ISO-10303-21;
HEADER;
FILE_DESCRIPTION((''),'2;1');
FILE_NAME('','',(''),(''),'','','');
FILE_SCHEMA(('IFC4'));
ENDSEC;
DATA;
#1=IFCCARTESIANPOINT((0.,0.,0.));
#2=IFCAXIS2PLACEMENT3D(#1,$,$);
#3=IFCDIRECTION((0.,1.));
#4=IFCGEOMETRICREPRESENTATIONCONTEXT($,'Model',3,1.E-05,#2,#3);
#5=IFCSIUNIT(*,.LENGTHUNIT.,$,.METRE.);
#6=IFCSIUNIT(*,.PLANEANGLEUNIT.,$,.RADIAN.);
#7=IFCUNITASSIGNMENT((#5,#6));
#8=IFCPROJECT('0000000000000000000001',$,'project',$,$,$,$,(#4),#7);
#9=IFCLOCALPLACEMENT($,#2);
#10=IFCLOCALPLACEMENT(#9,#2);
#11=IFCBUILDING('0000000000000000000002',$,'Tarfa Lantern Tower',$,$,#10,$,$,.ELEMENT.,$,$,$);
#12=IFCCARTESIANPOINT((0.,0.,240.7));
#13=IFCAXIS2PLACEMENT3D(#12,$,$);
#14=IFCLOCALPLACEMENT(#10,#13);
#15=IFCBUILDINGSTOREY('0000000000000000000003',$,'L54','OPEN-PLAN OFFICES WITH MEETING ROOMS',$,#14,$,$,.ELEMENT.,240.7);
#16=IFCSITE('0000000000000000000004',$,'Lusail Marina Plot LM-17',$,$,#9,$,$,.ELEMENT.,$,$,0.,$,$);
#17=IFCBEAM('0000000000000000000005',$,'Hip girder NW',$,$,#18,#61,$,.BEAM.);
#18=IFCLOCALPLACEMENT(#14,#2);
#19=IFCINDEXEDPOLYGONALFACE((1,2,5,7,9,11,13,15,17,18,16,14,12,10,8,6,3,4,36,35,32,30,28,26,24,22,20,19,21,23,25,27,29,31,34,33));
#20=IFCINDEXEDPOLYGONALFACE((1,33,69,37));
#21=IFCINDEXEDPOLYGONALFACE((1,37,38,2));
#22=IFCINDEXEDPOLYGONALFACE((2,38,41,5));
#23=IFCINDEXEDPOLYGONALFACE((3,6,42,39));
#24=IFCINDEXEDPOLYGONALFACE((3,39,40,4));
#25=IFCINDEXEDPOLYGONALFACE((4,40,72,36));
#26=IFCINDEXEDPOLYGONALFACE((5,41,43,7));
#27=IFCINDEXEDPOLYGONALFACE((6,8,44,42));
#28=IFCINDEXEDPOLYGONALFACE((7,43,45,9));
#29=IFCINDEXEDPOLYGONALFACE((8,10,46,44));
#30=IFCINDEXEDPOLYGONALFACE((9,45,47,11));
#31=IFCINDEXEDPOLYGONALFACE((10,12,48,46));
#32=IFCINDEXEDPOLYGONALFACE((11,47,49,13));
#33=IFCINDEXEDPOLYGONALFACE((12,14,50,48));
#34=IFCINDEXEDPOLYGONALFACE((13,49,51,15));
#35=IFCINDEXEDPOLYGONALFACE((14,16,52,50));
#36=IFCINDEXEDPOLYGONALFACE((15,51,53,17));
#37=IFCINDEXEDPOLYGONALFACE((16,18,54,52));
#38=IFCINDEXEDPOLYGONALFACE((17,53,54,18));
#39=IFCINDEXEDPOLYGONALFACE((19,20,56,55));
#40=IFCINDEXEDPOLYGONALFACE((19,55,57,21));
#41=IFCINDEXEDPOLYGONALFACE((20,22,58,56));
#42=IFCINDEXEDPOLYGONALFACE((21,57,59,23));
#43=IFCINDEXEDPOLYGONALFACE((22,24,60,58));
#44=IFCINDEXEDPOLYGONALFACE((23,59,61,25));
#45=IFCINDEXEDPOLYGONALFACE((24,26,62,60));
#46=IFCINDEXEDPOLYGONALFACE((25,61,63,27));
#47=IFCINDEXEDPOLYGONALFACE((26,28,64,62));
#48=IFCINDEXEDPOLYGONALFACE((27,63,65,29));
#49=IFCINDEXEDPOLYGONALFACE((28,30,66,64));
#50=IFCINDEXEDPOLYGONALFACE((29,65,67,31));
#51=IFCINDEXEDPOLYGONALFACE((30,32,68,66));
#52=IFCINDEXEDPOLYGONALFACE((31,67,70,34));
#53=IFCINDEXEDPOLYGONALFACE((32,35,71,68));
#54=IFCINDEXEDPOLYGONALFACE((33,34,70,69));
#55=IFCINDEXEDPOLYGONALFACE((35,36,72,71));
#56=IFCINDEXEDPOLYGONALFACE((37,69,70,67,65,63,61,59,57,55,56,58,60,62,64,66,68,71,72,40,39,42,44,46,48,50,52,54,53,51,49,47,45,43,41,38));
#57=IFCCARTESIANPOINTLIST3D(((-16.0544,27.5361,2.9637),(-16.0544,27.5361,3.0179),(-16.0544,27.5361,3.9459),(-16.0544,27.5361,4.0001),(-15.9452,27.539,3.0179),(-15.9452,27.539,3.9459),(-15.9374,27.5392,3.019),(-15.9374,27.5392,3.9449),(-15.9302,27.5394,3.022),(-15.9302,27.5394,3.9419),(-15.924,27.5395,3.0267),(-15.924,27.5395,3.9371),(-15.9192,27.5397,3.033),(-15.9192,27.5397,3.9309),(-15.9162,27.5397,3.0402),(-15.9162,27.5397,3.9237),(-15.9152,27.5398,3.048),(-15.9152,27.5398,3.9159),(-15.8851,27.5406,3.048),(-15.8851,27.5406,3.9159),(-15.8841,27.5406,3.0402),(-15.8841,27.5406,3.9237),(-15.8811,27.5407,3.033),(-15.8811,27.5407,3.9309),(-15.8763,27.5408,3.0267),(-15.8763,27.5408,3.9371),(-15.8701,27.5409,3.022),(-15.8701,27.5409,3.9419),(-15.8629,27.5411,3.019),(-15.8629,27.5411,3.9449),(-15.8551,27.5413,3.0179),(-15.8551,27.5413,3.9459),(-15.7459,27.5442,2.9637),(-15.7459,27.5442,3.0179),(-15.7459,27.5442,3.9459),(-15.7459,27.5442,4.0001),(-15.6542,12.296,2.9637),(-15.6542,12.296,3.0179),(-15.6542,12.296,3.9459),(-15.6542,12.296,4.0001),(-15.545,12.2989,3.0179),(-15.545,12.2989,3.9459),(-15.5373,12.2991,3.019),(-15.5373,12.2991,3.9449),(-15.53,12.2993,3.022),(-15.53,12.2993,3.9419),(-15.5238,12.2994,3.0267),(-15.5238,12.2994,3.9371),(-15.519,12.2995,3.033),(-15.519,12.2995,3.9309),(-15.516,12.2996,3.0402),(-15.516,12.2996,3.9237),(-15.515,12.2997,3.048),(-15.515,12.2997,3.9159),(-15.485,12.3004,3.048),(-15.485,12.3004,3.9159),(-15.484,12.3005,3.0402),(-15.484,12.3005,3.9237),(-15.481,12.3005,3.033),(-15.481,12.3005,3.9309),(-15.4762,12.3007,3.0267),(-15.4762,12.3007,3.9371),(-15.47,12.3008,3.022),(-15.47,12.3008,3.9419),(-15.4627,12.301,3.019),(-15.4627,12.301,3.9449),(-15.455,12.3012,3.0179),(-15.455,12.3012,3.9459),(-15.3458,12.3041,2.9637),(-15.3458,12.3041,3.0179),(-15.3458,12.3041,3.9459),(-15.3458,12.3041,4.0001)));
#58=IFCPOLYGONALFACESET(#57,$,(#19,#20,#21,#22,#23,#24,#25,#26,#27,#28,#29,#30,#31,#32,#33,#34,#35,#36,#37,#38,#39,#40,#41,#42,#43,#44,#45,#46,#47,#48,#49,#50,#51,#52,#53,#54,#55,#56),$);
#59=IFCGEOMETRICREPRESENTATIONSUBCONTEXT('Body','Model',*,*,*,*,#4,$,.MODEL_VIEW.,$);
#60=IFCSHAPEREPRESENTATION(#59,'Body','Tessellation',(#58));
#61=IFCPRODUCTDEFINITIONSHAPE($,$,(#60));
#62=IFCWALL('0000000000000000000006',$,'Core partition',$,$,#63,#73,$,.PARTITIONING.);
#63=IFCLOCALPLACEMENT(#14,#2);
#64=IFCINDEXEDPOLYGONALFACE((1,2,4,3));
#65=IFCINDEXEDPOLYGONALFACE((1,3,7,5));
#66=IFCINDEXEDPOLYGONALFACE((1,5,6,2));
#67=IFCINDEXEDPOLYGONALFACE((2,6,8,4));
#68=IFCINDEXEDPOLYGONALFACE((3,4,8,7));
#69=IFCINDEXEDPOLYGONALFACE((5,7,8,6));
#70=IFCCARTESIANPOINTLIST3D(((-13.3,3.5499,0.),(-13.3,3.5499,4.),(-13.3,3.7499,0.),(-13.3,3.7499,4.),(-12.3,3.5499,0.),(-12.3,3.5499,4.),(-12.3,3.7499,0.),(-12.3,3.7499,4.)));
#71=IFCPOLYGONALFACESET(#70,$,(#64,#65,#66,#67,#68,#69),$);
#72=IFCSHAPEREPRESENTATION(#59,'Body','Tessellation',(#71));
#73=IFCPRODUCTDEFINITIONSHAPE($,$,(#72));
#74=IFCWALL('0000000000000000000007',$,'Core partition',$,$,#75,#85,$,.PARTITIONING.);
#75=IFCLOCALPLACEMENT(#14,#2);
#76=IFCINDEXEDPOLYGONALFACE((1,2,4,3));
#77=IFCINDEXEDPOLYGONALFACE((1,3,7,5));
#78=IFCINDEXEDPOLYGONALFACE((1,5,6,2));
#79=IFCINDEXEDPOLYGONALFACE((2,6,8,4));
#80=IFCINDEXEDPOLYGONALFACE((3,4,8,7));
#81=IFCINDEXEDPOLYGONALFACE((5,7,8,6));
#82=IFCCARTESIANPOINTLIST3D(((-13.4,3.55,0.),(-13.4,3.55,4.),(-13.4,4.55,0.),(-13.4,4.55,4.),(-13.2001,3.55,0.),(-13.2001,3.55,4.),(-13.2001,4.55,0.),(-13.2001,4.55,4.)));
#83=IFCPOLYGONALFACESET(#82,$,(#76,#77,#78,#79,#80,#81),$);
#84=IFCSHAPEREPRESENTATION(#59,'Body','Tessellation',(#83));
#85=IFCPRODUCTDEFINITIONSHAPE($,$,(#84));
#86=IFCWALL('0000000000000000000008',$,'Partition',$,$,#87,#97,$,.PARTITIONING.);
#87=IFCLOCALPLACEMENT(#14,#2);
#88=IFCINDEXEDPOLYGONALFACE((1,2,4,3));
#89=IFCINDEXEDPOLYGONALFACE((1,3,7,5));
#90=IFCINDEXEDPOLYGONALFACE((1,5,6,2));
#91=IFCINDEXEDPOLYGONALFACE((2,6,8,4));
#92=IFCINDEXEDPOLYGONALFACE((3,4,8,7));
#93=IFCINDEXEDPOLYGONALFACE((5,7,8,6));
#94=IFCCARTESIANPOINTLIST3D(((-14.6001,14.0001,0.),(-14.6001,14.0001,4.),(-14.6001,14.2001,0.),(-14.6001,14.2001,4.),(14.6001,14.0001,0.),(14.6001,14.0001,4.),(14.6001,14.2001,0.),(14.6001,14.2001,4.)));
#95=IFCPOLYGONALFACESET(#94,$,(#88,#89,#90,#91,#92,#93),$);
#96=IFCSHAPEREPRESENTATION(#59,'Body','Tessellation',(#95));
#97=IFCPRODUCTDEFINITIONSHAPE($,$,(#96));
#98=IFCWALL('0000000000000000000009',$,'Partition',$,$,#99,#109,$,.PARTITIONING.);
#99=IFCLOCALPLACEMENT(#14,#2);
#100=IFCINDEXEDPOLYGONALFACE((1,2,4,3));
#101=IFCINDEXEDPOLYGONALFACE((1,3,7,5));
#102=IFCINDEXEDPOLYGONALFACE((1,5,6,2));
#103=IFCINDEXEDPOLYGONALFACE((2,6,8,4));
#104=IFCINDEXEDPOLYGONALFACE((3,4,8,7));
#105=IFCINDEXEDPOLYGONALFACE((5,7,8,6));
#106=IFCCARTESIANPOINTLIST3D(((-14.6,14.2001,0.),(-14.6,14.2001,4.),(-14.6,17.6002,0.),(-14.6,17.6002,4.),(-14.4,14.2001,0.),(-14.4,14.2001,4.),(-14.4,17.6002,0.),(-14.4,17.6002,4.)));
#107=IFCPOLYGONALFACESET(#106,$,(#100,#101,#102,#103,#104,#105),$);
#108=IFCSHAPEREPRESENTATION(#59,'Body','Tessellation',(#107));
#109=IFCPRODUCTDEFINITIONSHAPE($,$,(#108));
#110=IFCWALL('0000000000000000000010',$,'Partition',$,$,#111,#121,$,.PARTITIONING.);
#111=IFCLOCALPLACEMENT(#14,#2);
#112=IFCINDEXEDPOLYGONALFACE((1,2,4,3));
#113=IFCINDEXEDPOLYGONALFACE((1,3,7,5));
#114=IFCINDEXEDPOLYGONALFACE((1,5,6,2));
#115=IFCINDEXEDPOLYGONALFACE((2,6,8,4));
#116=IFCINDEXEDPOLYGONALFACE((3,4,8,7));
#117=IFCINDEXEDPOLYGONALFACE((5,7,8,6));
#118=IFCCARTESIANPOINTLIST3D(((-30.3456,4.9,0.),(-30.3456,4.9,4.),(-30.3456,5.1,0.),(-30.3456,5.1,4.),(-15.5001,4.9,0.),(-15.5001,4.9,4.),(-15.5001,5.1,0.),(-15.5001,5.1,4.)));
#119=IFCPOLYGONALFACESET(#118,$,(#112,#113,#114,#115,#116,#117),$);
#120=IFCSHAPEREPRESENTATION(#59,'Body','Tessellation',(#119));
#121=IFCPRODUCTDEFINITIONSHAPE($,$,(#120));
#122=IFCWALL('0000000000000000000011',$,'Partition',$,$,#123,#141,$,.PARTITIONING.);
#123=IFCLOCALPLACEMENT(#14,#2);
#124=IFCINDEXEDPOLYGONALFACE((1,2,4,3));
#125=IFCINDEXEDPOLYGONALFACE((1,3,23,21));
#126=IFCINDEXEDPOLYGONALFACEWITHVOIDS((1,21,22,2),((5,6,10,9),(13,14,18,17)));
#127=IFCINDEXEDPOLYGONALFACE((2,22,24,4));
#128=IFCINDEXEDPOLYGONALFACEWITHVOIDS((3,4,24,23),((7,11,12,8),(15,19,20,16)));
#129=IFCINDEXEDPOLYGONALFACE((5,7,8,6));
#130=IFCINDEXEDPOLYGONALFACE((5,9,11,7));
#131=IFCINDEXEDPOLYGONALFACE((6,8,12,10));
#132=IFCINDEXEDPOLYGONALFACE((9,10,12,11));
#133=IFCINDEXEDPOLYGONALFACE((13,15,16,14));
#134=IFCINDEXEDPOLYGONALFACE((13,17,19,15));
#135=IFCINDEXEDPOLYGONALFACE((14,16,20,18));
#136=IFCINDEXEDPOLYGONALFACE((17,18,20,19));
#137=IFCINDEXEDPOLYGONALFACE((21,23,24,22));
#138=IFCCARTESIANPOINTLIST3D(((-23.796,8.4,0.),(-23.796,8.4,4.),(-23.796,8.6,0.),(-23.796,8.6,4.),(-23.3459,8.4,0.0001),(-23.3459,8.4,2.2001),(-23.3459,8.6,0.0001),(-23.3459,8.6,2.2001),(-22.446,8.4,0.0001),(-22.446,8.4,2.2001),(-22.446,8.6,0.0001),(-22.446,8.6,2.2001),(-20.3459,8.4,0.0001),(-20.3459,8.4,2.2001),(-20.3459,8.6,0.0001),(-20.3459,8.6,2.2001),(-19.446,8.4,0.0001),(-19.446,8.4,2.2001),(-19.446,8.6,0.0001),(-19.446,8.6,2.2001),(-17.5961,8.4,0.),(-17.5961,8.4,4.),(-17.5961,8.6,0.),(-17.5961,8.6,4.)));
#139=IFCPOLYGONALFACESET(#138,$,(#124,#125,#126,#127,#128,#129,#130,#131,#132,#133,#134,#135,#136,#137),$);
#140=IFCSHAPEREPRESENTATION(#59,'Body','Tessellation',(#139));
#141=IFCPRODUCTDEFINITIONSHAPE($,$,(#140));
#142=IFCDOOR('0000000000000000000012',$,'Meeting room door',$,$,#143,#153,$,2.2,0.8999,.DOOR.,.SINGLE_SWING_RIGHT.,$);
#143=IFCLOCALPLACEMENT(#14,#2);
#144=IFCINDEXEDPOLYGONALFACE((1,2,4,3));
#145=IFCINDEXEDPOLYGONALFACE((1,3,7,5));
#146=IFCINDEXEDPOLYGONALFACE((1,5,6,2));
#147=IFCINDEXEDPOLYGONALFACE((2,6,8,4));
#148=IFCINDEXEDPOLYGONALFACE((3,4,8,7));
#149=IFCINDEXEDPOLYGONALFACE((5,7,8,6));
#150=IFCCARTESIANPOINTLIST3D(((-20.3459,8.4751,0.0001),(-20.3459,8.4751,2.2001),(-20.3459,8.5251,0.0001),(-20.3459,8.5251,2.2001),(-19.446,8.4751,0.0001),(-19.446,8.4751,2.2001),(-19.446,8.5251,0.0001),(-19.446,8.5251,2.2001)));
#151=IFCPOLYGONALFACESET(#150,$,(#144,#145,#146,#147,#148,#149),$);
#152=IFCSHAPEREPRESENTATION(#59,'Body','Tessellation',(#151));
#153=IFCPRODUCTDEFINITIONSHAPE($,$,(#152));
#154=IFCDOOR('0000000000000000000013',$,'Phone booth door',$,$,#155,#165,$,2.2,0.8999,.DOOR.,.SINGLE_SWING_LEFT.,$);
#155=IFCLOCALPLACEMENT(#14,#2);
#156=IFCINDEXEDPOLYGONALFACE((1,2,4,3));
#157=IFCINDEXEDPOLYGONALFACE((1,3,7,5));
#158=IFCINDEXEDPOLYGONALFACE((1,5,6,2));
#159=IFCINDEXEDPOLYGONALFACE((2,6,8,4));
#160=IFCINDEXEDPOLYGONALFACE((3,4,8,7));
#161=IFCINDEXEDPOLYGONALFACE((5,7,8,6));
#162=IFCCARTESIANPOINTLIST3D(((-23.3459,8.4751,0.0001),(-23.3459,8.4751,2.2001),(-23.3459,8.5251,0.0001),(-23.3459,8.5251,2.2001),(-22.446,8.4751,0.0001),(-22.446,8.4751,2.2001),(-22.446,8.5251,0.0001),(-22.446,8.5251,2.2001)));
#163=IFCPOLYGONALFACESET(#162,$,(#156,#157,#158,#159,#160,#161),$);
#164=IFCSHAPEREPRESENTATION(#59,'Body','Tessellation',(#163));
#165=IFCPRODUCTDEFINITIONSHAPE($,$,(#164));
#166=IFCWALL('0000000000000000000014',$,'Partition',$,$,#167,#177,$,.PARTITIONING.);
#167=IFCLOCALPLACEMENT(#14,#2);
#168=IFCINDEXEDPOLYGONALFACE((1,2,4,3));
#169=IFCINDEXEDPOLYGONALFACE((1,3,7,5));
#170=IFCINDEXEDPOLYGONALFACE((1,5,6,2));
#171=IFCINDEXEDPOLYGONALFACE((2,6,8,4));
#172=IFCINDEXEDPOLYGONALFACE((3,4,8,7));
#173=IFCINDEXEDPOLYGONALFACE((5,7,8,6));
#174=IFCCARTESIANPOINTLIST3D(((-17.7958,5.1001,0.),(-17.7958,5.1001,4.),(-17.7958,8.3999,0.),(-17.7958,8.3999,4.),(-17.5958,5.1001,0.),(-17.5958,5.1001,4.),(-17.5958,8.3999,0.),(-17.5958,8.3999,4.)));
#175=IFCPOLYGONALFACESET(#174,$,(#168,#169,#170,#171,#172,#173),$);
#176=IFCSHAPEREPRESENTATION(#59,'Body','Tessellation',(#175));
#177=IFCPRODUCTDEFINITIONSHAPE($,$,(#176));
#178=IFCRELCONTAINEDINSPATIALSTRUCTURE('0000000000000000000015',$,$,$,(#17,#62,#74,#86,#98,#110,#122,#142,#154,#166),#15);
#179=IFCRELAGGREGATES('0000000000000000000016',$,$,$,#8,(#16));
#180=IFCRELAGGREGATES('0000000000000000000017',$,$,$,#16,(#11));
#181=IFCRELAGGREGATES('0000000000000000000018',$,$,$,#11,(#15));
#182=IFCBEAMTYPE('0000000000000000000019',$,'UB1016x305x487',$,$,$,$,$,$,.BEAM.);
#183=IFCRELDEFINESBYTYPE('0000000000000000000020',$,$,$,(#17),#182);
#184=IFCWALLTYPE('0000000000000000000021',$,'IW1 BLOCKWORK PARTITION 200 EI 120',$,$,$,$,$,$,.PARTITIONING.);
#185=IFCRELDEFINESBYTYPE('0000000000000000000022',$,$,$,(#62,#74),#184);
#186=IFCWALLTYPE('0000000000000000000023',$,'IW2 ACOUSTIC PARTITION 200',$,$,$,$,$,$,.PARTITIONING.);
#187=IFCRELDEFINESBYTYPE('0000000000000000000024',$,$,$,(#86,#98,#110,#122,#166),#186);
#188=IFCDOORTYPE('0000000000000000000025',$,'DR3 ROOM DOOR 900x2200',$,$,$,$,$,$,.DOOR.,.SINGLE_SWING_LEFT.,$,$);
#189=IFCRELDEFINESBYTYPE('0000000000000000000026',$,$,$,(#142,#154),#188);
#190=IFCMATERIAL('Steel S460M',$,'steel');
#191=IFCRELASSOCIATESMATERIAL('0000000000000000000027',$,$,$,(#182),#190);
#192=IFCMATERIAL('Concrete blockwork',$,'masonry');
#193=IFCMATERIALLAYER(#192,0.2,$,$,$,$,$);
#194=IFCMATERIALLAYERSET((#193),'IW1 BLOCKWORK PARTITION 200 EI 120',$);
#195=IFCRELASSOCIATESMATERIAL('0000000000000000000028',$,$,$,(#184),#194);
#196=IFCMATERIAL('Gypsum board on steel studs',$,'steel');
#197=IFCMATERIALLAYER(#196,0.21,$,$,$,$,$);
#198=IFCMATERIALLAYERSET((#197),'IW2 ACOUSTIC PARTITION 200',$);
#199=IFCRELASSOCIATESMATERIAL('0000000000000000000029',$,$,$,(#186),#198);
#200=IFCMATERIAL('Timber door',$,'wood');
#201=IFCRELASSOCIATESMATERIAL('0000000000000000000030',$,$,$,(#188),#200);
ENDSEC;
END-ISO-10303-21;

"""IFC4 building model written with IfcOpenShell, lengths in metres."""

from ifc_helpers import new_model, si_unit, direction, frame, frame_2d, origin, origin_2d, place, context, subcontext, project, spatial, rectangle, i_section, extrude, material, layer, layer_set, material_profile, profile_set, type_object, element, fill, save


model = new_model("IFC4")

# Units and contexts
model_context = context("Model", 3, precision=1e-05, world=origin(), true_north=direction((0.0, 1.0)))
body_context = subcontext(model_context, "Body", "Model", "MODEL_VIEW")
ifc_project = project(units=[si_unit("LENGTHUNIT", "METRE"), si_unit("PLANEANGLEUNIT", "RADIAN")], contexts=[model_context])

# Site, building, storey
site_placement = place(None, origin())
site = spatial("IfcSite", under=ifc_project, at=site_placement, Name="Lusail Marina Plot LM-17", CompositionType="ELEMENT", RefElevation=0.0)
building_placement = place(site_placement, origin())
building = spatial("IfcBuilding", under=site, at=building_placement, Name="Tarfa Lantern Tower", CompositionType="ELEMENT")
storey_placement = place(building_placement, frame((0.0, 0.0, 240.7)))
storey = spatial("IfcBuildingStorey", under=building, at=storey_placement, Name="L54", Description="OPEN-PLAN OFFICES WITH MEETING ROOMS", CompositionType="ELEMENT", Elevation=240.7)

# Beam
ifc_material_1 = material(Name="Steel S460M", Category="steel")
ifc_material_profile = material_profile(ifc_material_1, i_section(OverallWidth=0.3086, OverallDepth=1.0364, WebThickness=0.03, FlangeThickness=0.0542, FilletRadius=0.03, at=origin_2d()), Name="UB1016x305x487")
ifc_profile_set = profile_set([ifc_material_profile], Name="Steel S460M")
beam_type = type_object("IfcBeamType", Name="UB1016x305x487", PredefinedType="BEAM", material=ifc_profile_set)
beam_placement = place(storey_placement, frame((-15.5, 12.3, 3.4819), z_axis=(-0.026247, 0.999655, 0.0), x_axis=(-0.999655, -0.026247, 0.0)))
element("IfcBeam", 1, at=beam_placement, inside=storey, type_object=beam_type, Name="Hip girder NW", PredefinedType="BEAM", context=body_context, shape_type="SweptSolid", body=[
    extrude(i_section(OverallWidth=0.3086, OverallDepth=1.0364, WebThickness=0.03, FlangeThickness=0.0542, FilletRadius=0.03, at=origin_2d()), origin(), (0.0, 0.0, 1.0), 15.2454),
])

# Walls
ifc_material_2 = material(Name="Concrete blockwork", Category="masonry")
ifc_layer_1 = layer(ifc_material_2, 0.2)
ifc_layer_set_1 = layer_set([ifc_layer_1], Name="IW1 BLOCKWORK PARTITION 200 EI 120")
wall_type_1 = type_object("IfcWallType", Name="IW1 BLOCKWORK PARTITION 200 EI 120", PredefinedType="PARTITIONING", material=ifc_layer_set_1)
for number, where, z_axis, x_axis, name in (
    (2, (-13.3, 3.6499, 0.0), (0.0, 0.0, 1.0), (1.0, 0.0, 0.0), "Core partition"),
    (3, (-13.3, 3.55, 0.0), (0.0, 0.0, 1.0), (0.0, 1.0, 0.0), "Core partition"),
):
    element("IfcWall", number, at=place(storey_placement, frame(where, z_axis=z_axis, x_axis=x_axis)), inside=storey, type_object=wall_type_1, Name=name, PredefinedType="PARTITIONING", context=body_context, shape_type="SweptSolid", body=[
        extrude(rectangle(XDim=1.0, YDim=0.2, at=frame_2d((0.5, 0.0))), origin(), (0.0, 0.0, 1.0), 4.0),
    ])
ifc_material_3 = material(Name="Gypsum board on steel studs", Category="steel")
ifc_layer_2 = layer(ifc_material_3, 0.21)
ifc_layer_set_2 = layer_set([ifc_layer_2], Name="IW2 ACOUSTIC PARTITION 200")
wall_type_2 = type_object("IfcWallType", Name="IW2 ACOUSTIC PARTITION 200", PredefinedType="PARTITIONING", material=ifc_layer_set_2)
wall_1_placement = place(storey_placement, frame((-14.6001, 14.1001, 0.0), z_axis=(0.0, 0.0, 1.0), x_axis=(1.0, 0.0, 0.0)))
element("IfcWall", 4, at=wall_1_placement, inside=storey, type_object=wall_type_2, Name="Partition", PredefinedType="PARTITIONING", context=body_context, shape_type="SweptSolid", body=[
    extrude(rectangle(XDim=29.2002, YDim=0.2, at=frame_2d((14.6001, 0.0))), origin(), (0.0, 0.0, 1.0), 4.0),
])
wall_2_placement = place(storey_placement, frame((-14.5, 14.2, 0.0), z_axis=(0.0, 0.0, 1.0), x_axis=(0.0, 1.0, 0.0)))
element("IfcWall", 5, at=wall_2_placement, inside=storey, type_object=wall_type_2, Name="Partition", PredefinedType="PARTITIONING", context=body_context, shape_type="SweptSolid", body=[
    extrude(rectangle(XDim=3.4001, YDim=0.2, at=frame_2d((1.7002, 0.0))), origin(), (0.0, 0.0, 1.0), 4.0),
])
wall_3_placement = place(storey_placement, frame((-15.5, 5.0, 0.0), z_axis=(0.0, 0.0, 1.0), x_axis=(-1.0, 0.0, 0.0)))
element("IfcWall", 6, at=wall_3_placement, inside=storey, type_object=wall_type_2, Name="Partition", PredefinedType="PARTITIONING", context=body_context, shape_type="SweptSolid", body=[
    extrude(rectangle(XDim=14.8455, YDim=0.2, at=frame_2d((7.4229, 0.0))), origin(), (0.0, 0.0, 1.0), 4.0),
])

# Wall, openings, doors
wall_4_placement = place(storey_placement, frame((-17.5959, 8.5, 0.0), z_axis=(0.0, 0.0, 1.0), x_axis=(-1.0, 0.0, 0.0)))
wall_4 = element("IfcWall", 7, at=wall_4_placement, inside=storey, type_object=wall_type_2, Name="Partition", PredefinedType="PARTITIONING", context=body_context, shape_type="SweptSolid", body=[
    extrude(rectangle(XDim=6.2, YDim=0.2, at=frame_2d((3.1001, 0.0))), origin(), (0.0, 0.0, 1.0), 4.0),
])
opening_1_placement = place(wall_4_placement, frame((1.8501, 0.0, 0.0)))
opening_1 = element("IfcOpeningElement", 8, at=opening_1_placement, cuts=wall_4, PredefinedType="OPENING", context=body_context, shape_type="SweptSolid", body=[
    extrude(rectangle(XDim=0.8999, YDim=2.2, at=frame_2d((0.45, 1.1001))), frame((0.0, 0.1099, 0.0), z_axis=(0.0, -1.0, 0.0), x_axis=(1.0, 0.0, 0.0)), (0.0, 0.0, 1.0), 0.22),
])
opening_2_placement = place(wall_4_placement, frame((4.8501, 0.0, 0.0)))
opening_2 = element("IfcOpeningElement", 9, at=opening_2_placement, cuts=wall_4, PredefinedType="OPENING", context=body_context, shape_type="SweptSolid", body=[
    extrude(rectangle(XDim=0.8999, YDim=2.2, at=frame_2d((0.45, 1.1001))), frame((0.0, 0.1099, 0.0), z_axis=(0.0, -1.0, 0.0), x_axis=(1.0, 0.0, 0.0)), (0.0, 0.0, 1.0), 0.22),
])
ifc_material_4 = material(Name="Timber door", Category="wood")
door_type_1 = type_object("IfcDoorType", Name="DR3 ROOM DOOR 900x2200", OperationType="SINGLE_SWING_LEFT", PredefinedType="DOOR", material=ifc_material_4)
door_1_placement = place(opening_1_placement, origin())
door_1 = element("IfcDoor", 10, at=door_1_placement, inside=storey, type_object=door_type_1, Name="Meeting room door", OperationType="SINGLE_SWING_RIGHT", OverallHeight=2.2, OverallWidth=0.8999, PredefinedType="DOOR", context=body_context, shape_type="SweptSolid", body=[
    extrude(rectangle(XDim=0.8999, YDim=2.2, at=frame_2d((0.45, 1.1001))), frame((0.0, 0.0249, 0.0), z_axis=(0.0, -1.0, 0.0), x_axis=(1.0, 0.0, 0.0)), (0.0, 0.0, 1.0), 0.05),
])
fill(opening_1, door_1)
door_2_placement = place(opening_2_placement, origin())
door_2 = element("IfcDoor", 11, at=door_2_placement, inside=storey, type_object=door_type_1, Name="Phone booth door", OperationType="SINGLE_SWING_LEFT", OverallHeight=2.2, OverallWidth=0.8999, PredefinedType="DOOR", context=body_context, shape_type="SweptSolid", body=[
    extrude(rectangle(XDim=0.8999, YDim=2.2, at=frame_2d((0.45, 1.1001))), frame((0.0, 0.0249, 0.0), z_axis=(0.0, -1.0, 0.0), x_axis=(1.0, 0.0, 0.0)), (0.0, 0.0, 1.0), 0.05),
])
fill(opening_2, door_2)

# Wall
wall_5_placement = place(storey_placement, frame((-17.6958, 5.1001, 0.0), z_axis=(0.0, 0.0, 1.0), x_axis=(0.0, 1.0, 0.0)))
element("IfcWall", 12, at=wall_5_placement, inside=storey, type_object=wall_type_2, Name="Partition", PredefinedType="PARTITIONING", context=body_context, shape_type="SweptSolid", body=[
    extrude(rectangle(XDim=3.2998, YDim=0.2, at=frame_2d((1.6499, 0.0))), origin(), (0.0, 0.0, 1.0), 4.0),
])

save(model, "model.ifc")
